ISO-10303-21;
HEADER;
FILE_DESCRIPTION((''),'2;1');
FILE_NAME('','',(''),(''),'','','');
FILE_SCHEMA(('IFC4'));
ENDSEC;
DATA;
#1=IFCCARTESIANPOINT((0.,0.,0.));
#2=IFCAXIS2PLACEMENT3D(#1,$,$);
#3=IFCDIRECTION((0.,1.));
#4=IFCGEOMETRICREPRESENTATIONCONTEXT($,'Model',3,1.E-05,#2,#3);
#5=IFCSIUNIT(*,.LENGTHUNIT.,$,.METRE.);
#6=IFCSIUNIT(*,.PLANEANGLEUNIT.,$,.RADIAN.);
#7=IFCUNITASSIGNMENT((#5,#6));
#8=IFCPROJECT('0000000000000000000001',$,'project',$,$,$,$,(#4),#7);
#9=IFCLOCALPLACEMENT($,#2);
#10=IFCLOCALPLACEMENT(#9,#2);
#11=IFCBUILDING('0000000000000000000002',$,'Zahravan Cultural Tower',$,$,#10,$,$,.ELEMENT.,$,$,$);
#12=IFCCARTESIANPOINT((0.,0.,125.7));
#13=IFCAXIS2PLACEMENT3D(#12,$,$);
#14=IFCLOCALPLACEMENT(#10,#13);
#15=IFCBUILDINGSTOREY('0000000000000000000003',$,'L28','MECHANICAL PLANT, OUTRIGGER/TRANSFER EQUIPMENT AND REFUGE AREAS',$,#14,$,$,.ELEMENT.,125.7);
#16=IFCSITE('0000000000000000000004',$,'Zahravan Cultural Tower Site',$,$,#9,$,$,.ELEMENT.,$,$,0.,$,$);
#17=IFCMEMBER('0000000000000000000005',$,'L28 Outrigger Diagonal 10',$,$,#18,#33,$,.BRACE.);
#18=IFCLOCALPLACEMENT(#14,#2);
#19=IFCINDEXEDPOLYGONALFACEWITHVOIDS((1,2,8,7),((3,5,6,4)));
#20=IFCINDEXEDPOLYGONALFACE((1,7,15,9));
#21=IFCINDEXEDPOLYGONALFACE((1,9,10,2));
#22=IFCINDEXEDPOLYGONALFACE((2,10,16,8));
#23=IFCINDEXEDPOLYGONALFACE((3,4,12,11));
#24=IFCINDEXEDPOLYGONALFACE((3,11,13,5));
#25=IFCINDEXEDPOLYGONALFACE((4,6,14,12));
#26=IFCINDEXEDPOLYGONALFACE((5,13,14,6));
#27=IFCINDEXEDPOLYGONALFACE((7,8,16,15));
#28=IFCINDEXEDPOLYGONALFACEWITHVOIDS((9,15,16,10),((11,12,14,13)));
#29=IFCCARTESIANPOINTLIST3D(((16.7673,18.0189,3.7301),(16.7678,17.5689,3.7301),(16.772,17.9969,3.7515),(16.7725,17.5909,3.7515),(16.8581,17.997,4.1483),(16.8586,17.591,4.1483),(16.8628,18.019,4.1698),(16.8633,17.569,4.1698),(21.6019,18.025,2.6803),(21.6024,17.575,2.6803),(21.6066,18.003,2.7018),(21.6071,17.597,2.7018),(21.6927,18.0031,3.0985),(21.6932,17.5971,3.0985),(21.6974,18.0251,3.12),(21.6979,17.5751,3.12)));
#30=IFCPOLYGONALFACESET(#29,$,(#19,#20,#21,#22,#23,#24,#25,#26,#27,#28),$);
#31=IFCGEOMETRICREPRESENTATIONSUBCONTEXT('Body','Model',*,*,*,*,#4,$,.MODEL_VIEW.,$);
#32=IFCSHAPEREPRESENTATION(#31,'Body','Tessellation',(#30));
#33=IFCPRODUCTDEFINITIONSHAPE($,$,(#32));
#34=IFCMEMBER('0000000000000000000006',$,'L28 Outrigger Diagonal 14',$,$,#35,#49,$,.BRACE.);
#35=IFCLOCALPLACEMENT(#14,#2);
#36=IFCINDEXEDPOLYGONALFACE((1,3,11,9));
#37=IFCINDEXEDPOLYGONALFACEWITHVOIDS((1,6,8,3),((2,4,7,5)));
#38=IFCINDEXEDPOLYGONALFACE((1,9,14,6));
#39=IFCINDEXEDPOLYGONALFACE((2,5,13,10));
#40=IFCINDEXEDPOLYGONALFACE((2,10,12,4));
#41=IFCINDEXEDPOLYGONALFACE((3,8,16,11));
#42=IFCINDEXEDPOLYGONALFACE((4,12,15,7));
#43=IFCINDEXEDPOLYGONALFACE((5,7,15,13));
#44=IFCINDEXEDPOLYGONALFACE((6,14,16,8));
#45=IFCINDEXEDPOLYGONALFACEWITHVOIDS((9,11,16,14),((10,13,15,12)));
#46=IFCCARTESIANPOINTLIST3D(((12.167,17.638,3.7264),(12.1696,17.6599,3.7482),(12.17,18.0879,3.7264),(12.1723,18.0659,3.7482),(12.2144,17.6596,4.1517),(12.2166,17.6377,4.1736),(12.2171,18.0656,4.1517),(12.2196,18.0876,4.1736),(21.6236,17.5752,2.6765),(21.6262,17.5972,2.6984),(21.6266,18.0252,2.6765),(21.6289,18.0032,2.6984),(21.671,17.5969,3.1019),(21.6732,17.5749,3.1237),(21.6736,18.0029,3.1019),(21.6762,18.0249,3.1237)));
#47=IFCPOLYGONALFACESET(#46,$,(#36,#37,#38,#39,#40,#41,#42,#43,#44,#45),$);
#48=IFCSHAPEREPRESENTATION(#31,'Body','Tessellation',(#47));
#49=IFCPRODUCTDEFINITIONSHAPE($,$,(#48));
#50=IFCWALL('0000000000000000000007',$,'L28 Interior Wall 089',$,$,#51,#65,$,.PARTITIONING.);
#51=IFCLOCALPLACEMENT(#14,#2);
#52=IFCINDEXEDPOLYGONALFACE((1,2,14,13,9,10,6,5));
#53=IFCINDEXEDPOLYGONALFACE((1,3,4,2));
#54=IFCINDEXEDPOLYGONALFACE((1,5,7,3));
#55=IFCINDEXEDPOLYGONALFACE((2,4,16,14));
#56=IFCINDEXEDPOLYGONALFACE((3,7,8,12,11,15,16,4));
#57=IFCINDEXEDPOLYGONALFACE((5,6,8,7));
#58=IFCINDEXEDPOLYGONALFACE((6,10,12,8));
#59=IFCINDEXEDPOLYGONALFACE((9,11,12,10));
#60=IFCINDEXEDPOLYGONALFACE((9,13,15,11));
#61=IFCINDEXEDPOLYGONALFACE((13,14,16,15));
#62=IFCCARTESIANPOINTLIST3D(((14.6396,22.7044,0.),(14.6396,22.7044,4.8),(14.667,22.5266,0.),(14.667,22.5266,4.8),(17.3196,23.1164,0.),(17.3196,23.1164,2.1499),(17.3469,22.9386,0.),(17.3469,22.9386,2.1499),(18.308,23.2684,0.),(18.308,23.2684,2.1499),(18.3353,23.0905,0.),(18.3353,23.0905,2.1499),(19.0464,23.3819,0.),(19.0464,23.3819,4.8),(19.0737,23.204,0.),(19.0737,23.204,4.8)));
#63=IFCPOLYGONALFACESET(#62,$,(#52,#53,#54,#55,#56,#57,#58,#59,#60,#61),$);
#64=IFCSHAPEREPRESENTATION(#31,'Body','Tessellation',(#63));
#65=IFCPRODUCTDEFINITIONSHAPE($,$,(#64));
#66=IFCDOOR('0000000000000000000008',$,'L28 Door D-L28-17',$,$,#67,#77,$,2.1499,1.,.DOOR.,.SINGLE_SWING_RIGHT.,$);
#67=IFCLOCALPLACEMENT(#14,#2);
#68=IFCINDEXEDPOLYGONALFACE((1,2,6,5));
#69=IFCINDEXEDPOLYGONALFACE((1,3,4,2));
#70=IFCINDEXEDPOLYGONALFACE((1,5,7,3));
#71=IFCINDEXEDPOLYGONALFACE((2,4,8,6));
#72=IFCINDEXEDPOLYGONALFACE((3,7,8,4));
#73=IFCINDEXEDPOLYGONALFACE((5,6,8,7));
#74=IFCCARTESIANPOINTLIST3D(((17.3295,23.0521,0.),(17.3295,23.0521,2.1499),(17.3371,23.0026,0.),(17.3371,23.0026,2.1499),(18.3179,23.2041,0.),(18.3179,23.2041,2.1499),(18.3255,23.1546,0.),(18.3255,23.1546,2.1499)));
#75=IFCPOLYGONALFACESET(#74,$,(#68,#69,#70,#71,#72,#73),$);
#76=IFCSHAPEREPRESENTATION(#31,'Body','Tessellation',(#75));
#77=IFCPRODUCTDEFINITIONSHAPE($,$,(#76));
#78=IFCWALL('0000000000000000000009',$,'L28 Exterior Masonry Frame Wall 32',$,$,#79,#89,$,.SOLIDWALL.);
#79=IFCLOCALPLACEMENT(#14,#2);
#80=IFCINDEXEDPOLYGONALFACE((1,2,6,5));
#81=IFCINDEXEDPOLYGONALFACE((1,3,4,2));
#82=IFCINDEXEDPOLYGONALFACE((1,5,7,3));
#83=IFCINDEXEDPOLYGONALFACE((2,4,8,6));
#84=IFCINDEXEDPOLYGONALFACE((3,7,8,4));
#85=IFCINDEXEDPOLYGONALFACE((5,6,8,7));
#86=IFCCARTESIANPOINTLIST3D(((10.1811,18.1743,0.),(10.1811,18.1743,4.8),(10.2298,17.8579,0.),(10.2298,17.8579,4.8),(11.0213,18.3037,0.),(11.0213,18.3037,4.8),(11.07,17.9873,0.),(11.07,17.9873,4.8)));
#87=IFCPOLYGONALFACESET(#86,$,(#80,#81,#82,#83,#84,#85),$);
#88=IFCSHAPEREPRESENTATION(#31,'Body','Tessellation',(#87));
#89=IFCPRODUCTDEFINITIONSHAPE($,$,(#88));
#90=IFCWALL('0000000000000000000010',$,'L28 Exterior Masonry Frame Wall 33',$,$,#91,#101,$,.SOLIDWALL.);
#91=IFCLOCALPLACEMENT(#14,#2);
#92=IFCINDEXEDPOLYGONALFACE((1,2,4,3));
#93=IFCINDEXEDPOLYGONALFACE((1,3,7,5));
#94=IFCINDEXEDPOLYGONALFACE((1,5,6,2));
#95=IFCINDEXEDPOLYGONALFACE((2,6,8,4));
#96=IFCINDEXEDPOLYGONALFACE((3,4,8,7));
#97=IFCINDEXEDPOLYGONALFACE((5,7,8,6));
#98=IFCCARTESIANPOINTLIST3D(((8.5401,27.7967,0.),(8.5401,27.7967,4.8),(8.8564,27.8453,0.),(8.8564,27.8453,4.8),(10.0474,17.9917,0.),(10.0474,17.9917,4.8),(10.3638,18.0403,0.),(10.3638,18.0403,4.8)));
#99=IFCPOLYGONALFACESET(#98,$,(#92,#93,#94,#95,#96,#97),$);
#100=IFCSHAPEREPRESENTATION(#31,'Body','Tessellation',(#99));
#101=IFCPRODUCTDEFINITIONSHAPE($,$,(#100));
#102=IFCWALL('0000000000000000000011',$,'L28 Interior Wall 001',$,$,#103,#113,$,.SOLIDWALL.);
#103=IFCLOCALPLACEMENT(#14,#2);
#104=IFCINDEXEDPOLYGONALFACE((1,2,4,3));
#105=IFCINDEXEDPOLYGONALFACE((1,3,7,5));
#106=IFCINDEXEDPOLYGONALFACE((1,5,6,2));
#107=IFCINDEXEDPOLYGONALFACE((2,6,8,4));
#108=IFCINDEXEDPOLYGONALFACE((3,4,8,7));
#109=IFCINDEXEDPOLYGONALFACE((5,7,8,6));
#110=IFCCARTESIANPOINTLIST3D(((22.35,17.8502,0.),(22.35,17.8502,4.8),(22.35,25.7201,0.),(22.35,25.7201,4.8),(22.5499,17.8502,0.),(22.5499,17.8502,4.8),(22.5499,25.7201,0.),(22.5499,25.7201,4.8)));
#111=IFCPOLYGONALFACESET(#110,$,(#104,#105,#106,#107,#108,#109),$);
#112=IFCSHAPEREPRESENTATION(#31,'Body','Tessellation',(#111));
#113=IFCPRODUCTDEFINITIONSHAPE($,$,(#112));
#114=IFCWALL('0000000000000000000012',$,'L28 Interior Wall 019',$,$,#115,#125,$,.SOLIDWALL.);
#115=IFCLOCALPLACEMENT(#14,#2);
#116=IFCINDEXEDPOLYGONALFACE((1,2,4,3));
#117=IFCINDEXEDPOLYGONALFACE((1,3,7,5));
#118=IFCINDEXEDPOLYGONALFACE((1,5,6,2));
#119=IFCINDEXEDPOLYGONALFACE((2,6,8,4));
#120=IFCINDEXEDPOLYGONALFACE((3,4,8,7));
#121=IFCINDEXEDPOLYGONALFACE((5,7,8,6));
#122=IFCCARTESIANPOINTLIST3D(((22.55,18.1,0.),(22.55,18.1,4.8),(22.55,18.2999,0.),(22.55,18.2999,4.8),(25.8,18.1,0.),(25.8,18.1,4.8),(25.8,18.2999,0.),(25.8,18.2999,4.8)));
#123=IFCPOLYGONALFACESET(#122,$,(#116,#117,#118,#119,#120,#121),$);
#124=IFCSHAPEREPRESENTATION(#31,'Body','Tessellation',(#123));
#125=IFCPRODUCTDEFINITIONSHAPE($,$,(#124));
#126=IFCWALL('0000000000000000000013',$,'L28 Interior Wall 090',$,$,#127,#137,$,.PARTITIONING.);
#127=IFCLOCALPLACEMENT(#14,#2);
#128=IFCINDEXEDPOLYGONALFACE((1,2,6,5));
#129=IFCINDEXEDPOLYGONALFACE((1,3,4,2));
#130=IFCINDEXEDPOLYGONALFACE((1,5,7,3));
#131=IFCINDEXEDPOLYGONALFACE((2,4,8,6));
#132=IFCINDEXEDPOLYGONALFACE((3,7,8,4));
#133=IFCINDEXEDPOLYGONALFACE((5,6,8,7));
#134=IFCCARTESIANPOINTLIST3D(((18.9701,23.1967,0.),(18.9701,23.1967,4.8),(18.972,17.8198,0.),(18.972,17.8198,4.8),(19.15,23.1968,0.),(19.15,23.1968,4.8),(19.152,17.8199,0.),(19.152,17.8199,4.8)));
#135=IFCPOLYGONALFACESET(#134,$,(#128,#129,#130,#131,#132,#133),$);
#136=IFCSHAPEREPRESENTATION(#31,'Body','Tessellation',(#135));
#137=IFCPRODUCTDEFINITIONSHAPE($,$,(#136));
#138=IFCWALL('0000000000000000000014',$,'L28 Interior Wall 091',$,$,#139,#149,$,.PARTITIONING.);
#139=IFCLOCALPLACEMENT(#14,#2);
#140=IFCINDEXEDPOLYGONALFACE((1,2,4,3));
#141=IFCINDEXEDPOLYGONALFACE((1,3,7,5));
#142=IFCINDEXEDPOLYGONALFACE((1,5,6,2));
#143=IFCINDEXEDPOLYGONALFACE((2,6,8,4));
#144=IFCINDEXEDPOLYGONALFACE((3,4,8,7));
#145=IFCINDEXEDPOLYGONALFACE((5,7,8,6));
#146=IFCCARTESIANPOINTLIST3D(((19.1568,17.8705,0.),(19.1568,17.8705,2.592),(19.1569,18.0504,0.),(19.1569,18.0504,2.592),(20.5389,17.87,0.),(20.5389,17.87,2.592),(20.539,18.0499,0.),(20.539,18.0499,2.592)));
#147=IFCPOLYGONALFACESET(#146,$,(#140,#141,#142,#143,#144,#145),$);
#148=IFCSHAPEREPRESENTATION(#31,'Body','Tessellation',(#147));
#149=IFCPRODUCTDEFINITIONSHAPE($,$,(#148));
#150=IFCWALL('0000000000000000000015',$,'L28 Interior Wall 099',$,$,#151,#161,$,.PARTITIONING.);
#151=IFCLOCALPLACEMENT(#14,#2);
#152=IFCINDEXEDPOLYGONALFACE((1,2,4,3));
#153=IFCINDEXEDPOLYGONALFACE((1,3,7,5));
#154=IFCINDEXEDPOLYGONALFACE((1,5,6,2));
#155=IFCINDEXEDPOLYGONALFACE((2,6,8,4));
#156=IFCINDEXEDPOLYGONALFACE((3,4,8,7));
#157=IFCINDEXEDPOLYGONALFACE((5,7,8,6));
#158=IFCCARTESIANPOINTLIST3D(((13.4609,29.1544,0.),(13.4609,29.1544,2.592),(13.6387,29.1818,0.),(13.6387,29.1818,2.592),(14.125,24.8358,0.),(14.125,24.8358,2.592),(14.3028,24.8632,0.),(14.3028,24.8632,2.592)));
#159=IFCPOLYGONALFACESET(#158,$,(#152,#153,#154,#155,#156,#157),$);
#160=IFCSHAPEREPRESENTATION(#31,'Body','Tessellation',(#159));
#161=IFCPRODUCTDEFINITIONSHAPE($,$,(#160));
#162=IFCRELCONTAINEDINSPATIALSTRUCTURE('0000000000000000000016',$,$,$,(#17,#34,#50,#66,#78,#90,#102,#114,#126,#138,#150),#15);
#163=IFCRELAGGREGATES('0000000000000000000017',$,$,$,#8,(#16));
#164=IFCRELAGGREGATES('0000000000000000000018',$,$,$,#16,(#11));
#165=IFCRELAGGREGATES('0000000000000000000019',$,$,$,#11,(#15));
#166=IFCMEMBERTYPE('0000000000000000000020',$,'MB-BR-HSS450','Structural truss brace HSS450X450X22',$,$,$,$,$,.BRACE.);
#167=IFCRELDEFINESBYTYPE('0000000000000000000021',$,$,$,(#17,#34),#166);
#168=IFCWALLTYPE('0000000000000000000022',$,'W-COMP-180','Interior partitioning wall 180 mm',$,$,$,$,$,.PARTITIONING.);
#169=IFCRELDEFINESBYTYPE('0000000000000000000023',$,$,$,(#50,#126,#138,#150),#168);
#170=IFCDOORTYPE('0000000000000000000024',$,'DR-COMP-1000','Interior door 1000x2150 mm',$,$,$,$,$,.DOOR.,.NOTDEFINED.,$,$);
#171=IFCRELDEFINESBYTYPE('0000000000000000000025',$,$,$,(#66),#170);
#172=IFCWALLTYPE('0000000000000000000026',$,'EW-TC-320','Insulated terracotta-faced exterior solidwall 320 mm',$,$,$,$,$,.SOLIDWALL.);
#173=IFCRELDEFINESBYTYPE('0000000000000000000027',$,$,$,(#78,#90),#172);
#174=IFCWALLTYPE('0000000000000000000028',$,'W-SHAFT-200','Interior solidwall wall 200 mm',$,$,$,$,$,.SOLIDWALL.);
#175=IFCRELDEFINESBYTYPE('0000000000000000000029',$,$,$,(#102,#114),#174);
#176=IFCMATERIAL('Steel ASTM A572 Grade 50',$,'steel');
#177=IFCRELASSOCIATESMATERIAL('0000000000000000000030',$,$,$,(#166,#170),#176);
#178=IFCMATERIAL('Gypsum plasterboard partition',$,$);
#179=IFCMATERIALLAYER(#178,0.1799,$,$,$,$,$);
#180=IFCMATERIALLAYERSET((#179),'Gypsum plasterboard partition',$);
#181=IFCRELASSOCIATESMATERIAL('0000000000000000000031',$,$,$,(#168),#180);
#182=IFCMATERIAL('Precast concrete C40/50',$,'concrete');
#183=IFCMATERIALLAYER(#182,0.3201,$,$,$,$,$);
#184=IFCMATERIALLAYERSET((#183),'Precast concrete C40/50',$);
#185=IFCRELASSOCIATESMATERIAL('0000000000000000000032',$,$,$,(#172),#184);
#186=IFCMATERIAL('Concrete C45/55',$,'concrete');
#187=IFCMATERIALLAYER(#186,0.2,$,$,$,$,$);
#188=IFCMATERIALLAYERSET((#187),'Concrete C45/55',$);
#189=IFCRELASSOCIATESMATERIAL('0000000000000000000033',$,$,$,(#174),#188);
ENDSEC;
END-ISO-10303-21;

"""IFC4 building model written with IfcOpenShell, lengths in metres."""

from ifc_helpers import new_model, si_unit, direction, frame, frame_2d, origin, origin_2d, place, context, subcontext, project, spatial, rectangle, hollow_rectangle, extrude, source, transform, mapped, material, layer, layer_set, material_profile, profile_set, type_object, element, fill, save


model = new_model("IFC4")

# Units and contexts
model_context = context("Model", 3, precision=1e-05, world=origin(), true_north=direction((0.0, 1.0)))
body_context = subcontext(model_context, "Body", "Model", "MODEL_VIEW")
ifc_project = project(units=[si_unit("LENGTHUNIT", "METRE"), si_unit("PLANEANGLEUNIT", "RADIAN")], contexts=[model_context])

# Site, building, storey
site_placement = place(None, origin())
site = spatial("IfcSite", under=ifc_project, at=site_placement, Name="Zahravan Cultural Tower Site", CompositionType="ELEMENT", RefElevation=0.0)
building_placement = place(site_placement, origin())
building = spatial("IfcBuilding", under=site, at=building_placement, Name="Zahravan Cultural Tower", CompositionType="ELEMENT")
storey_placement = place(building_placement, frame((0.0, 0.0, 125.7)))
storey = spatial("IfcBuildingStorey", under=building, at=storey_placement, Name="L28", Description="MECHANICAL PLANT, OUTRIGGER/TRANSFER EQUIPMENT AND REFUGE AREAS", CompositionType="ELEMENT", Elevation=125.7)

# Members
ifc_material_1 = material(Name="Steel ASTM A572 Grade 50", Category="steel")
ifc_material_profile_1 = material_profile(ifc_material_1, hollow_rectangle(XDim=0.45, YDim=0.45, WallThickness=0.022, at=origin_2d()), Name="HSS450X450X22")
ifc_profile_set_1 = profile_set([ifc_material_profile_1], Name="Steel ASTM A572 Grade 50")
member_type = type_object("IfcMemberType", Name="MB-BR-HSS450", Description="Structural truss brace HSS450X450X22", PredefinedType="BRACE", material=ifc_profile_set_1)
shared_shape_1 = source(origin(), body_context, "Body", "SweptSolid", [
    extrude(hollow_rectangle(XDim=0.45, YDim=0.45, WallThickness=0.022, at=origin_2d()), origin(), (0.0, 0.0, 1.0), 4.9473),
])
member_1_placement = place(storey_placement, frame((21.6499, 17.8, 2.9001), z_axis=(-0.977227, -0.001234, 0.212194), x_axis=(0.001262, -0.999999, 0.0)))
element("IfcMember", 1, at=member_1_placement, inside=storey, type_object=member_type, Name="L28 Outrigger Diagonal 10", PredefinedType="BRACE", context=body_context, shape_type="MappedRepresentation", body=[
    mapped(shared_shape_1, transform((0.0, 0.0, 0.0), x_axis=(1.0, 0.0, 0.0), y_axis=(0.0, 1.0, 0.0), z_axis=(0.0, 0.0, 1.0), scale=1.0)),
])
shared_shape_2 = source(origin(), body_context, "Body", "SweptSolid", [
    extrude(hollow_rectangle(XDim=0.45, YDim=0.45, WallThickness=0.022, at=origin_2d()), origin(), (0.0, 0.0, 1.0), 9.5149),
])
member_2_placement = place(storey_placement, frame((21.6499, 17.8, 2.9001), z_axis=(-0.993873, 0.006594, 0.110333), x_axis=(-0.006635, -0.999978, 0.0)))
element("IfcMember", 2, at=member_2_placement, inside=storey, type_object=member_type, Name="L28 Outrigger Diagonal 14", PredefinedType="BRACE", context=body_context, shape_type="MappedRepresentation", body=[
    mapped(shared_shape_2, transform((0.0, 0.0, 0.0), x_axis=(1.0, 0.0, 0.0), y_axis=(0.0, 1.0, 0.0), z_axis=(0.0, 0.0, 1.0), scale=1.0)),
])

# Wall, opening, door
ifc_material_2 = material(Name="Gypsum plasterboard partition")
ifc_layer_1 = layer(ifc_material_2, 0.1799)
ifc_layer_set_1 = layer_set([ifc_layer_1], Name="Gypsum plasterboard partition")
wall_type_1 = type_object("IfcWallType", Name="W-COMP-180", Description="Interior partitioning wall 180 mm", PredefinedType="PARTITIONING", material=ifc_layer_set_1)
wall_1_placement = place(storey_placement, frame((14.6533, 22.6155, 0.0), z_axis=(0.0, 0.0, 1.0), x_axis=(0.988388, 0.151954, 0.0)))
wall_1 = element("IfcWall", 3, at=wall_1_placement, inside=storey, type_object=wall_type_1, Name="L28 Interior Wall 089", PredefinedType="PARTITIONING", context=body_context, shape_type="SweptSolid", body=[
    extrude(rectangle(XDim=4.4585, YDim=0.1799, at=frame_2d((2.2292, 0.0))), origin(), (0.0, 0.0, 1.0), 4.8),
])
opening_placement = place(wall_1_placement, frame((2.7114, 0.0, 0.0)))
opening = element("IfcOpeningElement", 4, at=opening_placement, cuts=wall_1, PredefinedType="OPENING", context=body_context, shape_type="SweptSolid", body=[
    extrude(rectangle(XDim=1.0, YDim=2.1499, at=frame_2d((0.5, 1.075))), frame((0.0, 0.0999, 0.0), z_axis=(0.0, -1.0, 0.0), x_axis=(1.0, 0.0, 0.0)), (0.0, 0.0, 1.0), 0.2),
])
door_type = type_object("IfcDoorType", Name="DR-COMP-1000", Description="Interior door 1000x2150 mm", OperationType="NOTDEFINED", PredefinedType="DOOR", material=ifc_material_1)
shared_shape_3 = source(origin(), body_context, "Body", "SweptSolid", [
    extrude(rectangle(XDim=1.0, YDim=2.1499, at=frame_2d((0.5, 1.075))), frame((0.0, 0.0249, 0.0), z_axis=(0.0, -1.0, 0.0), x_axis=(1.0, 0.0, 0.0)), (0.0, 0.0, 1.0), 0.05),
])
door_placement = place(opening_placement, origin())
door = element("IfcDoor", 5, at=door_placement, inside=storey, type_object=door_type, Name="L28 Door D-L28-17", OperationType="SINGLE_SWING_RIGHT", OverallHeight=2.1499, OverallWidth=1.0, PredefinedType="DOOR", context=body_context, shape_type="MappedRepresentation", body=[
    mapped(shared_shape_3, transform((0.0, 0.0, 0.0), x_axis=(1.0, 0.0, 0.0), y_axis=(0.0, 1.0, 0.0), z_axis=(0.0, 0.0, 1.0), scale=1.0)),
])
fill(opening, door)

# Walls
ifc_material_3 = material(Name="Precast concrete C40/50", Category="concrete")
ifc_layer_2 = layer(ifc_material_3, 0.3201)
ifc_layer_set_2 = layer_set([ifc_layer_2], Name="Precast concrete C40/50")
wall_type_2 = type_object("IfcWallType", Name="EW-TC-320", Description="Insulated terracotta-faced exterior solidwall 320 mm", PredefinedType="SOLIDWALL", material=ifc_layer_set_2)
shared_shape_4 = source(origin(), body_context, "Body", "SweptSolid", [
    extrude(rectangle(XDim=0.8501, YDim=0.3201, at=frame_2d((0.425, 0.0))), origin(), (0.0, 0.0, 1.0), 4.8),
])
wall_2_placement = place(storey_placement, frame((11.0457, 18.1455, 0.0), z_axis=(0.0, 0.0, 1.0), x_axis=(-0.988345, -0.15223, 0.0)))
element("IfcWall", 6, at=wall_2_placement, inside=storey, type_object=wall_type_2, Name="L28 Exterior Masonry Frame Wall 32", PredefinedType="SOLIDWALL", context=body_context, shape_type="MappedRepresentation", body=[
    mapped(shared_shape_4, transform((0.0, 0.0, 0.0), x_axis=(1.0, 0.0, 0.0), y_axis=(0.0, 1.0, 0.0), z_axis=(0.0, 0.0, 1.0), scale=1.0)),
])
shared_shape_5 = source(origin(), body_context, "Body", "SweptSolid", [
    extrude(rectangle(XDim=9.9202, YDim=0.3201, at=frame_2d((4.96, 0.0))), origin(), (0.0, 0.0, 1.0), 4.8),
])
wall_3_placement = place(storey_placement, frame((10.2056, 18.0161, 0.0), z_axis=(0.0, 0.0, 1.0), x_axis=(-0.151946, 0.988389, 0.0)))
element("IfcWall", 7, at=wall_3_placement, inside=storey, type_object=wall_type_2, Name="L28 Exterior Masonry Frame Wall 33", PredefinedType="SOLIDWALL", context=body_context, shape_type="MappedRepresentation", body=[
    mapped(shared_shape_5, transform((0.0, 0.0, 0.0), x_axis=(1.0, 0.0, 0.0), y_axis=(0.0, 1.0, 0.0), z_axis=(0.0, 0.0, 1.0), scale=1.0)),
])
ifc_material_4 = material(Name="Concrete C45/55", Category="concrete")
ifc_layer_3 = layer(ifc_material_4, 0.2)
ifc_layer_set_3 = layer_set([ifc_layer_3], Name="Concrete C45/55")
wall_type_3 = type_object("IfcWallType", Name="W-SHAFT-200", Description="Interior solidwall wall 200 mm", PredefinedType="SOLIDWALL", material=ifc_layer_set_3)
shared_shape_6 = source(origin(), body_context, "Body", "SweptSolid", [
    extrude(rectangle(XDim=7.8699, YDim=0.2, at=frame_2d((3.9351, 0.0))), origin(), (0.0, 0.0, 1.0), 4.8),
])
wall_4_placement = place(storey_placement, frame((22.45, 17.8501, 0.0), z_axis=(0.0, 0.0, 1.0), x_axis=(0.0, 1.0, 0.0)))
element("IfcWall", 8, at=wall_4_placement, inside=storey, type_object=wall_type_3, Name="L28 Interior Wall 001", PredefinedType="SOLIDWALL", context=body_context, shape_type="MappedRepresentation", body=[
    mapped(shared_shape_6, transform((0.0, 0.0, 0.0), x_axis=(1.0, 0.0, 0.0), y_axis=(0.0, 1.0, 0.0), z_axis=(0.0, 0.0, 1.0), scale=1.0)),
])
shared_shape_7 = source(origin(), body_context, "Body", "SweptSolid", [
    extrude(rectangle(XDim=3.25, YDim=0.2, at=frame_2d((1.625, 0.0))), origin(), (0.0, 0.0, 1.0), 4.8),
])
wall_5_placement = place(storey_placement, frame((22.55, 18.2, 0.0), z_axis=(0.0, 0.0, 1.0), x_axis=(1.0, 0.0, 0.0)))
element("IfcWall", 9, at=wall_5_placement, inside=storey, type_object=wall_type_3, Name="L28 Interior Wall 019", PredefinedType="SOLIDWALL", context=body_context, shape_type="MappedRepresentation", body=[
    mapped(shared_shape_7, transform((0.0, 0.0, 0.0), x_axis=(1.0, 0.0, 0.0), y_axis=(0.0, 1.0, 0.0), z_axis=(0.0, 0.0, 1.0), scale=1.0)),
])
shared_shape_8 = source(origin(), body_context, "Body", "SweptSolid", [
    extrude(rectangle(XDim=5.377, YDim=0.1799, at=frame_2d((2.6885, 0.0))), origin(), (0.0, 0.0, 1.0), 4.8),
])
wall_6_placement = place(storey_placement, frame((19.0601, 23.1968, 0.0), z_axis=(0.0, 0.0, 1.0), x_axis=(0.000363, -1.0, 0.0)))
element("IfcWall", 10, at=wall_6_placement, inside=storey, type_object=wall_type_1, Name="L28 Interior Wall 090", PredefinedType="PARTITIONING", context=body_context, shape_type="MappedRepresentation", body=[
    mapped(shared_shape_8, transform((0.0, 0.0, 0.0), x_axis=(1.0, 0.0, 0.0), y_axis=(0.0, 1.0, 0.0), z_axis=(0.0, 0.0, 1.0), scale=1.0)),
])
shared_shape_9 = source(origin(), body_context, "Body", "SweptSolid", [
    extrude(rectangle(XDim=1.3821, YDim=0.1799, at=frame_2d((0.6909, 0.0))), origin(), (0.0, 0.0, 1.0), 2.592),
])
wall_7_placement = place(storey_placement, frame((19.157, 17.9604, 0.0), z_axis=(0.0, 0.0, 1.0), x_axis=(1.0, -0.000353, 0.0)))
element("IfcWall", 11, at=wall_7_placement, inside=storey, type_object=wall_type_1, Name="L28 Interior Wall 091", PredefinedType="PARTITIONING", context=body_context, shape_type="MappedRepresentation", body=[
    mapped(shared_shape_9, transform((0.0, 0.0, 0.0), x_axis=(1.0, 0.0, 0.0), y_axis=(0.0, 1.0, 0.0), z_axis=(0.0, 0.0, 1.0), scale=1.0)),
])
shared_shape_10 = source(origin(), body_context, "Body", "SweptSolid", [
    extrude(rectangle(XDim=4.3694, YDim=0.1799, at=frame_2d((2.1846, 0.0))), origin(), (0.0, 0.0, 1.0), 2.592),
])
wall_8_placement = place(storey_placement, frame((14.2139, 24.8496, 0.0), z_axis=(0.0, 0.0, 1.0), x_axis=(-0.151982, 0.988383, 0.0)))
element("IfcWall", 12, at=wall_8_placement, inside=storey, type_object=wall_type_1, Name="L28 Interior Wall 099", PredefinedType="PARTITIONING", context=body_context, shape_type="MappedRepresentation", body=[
    mapped(shared_shape_10, transform((0.0, 0.0, 0.0), x_axis=(1.0, 0.0, 0.0), y_axis=(0.0, 1.0, 0.0), z_axis=(0.0, 0.0, 1.0), scale=1.0)),
])

save(model, "model.ifc")
